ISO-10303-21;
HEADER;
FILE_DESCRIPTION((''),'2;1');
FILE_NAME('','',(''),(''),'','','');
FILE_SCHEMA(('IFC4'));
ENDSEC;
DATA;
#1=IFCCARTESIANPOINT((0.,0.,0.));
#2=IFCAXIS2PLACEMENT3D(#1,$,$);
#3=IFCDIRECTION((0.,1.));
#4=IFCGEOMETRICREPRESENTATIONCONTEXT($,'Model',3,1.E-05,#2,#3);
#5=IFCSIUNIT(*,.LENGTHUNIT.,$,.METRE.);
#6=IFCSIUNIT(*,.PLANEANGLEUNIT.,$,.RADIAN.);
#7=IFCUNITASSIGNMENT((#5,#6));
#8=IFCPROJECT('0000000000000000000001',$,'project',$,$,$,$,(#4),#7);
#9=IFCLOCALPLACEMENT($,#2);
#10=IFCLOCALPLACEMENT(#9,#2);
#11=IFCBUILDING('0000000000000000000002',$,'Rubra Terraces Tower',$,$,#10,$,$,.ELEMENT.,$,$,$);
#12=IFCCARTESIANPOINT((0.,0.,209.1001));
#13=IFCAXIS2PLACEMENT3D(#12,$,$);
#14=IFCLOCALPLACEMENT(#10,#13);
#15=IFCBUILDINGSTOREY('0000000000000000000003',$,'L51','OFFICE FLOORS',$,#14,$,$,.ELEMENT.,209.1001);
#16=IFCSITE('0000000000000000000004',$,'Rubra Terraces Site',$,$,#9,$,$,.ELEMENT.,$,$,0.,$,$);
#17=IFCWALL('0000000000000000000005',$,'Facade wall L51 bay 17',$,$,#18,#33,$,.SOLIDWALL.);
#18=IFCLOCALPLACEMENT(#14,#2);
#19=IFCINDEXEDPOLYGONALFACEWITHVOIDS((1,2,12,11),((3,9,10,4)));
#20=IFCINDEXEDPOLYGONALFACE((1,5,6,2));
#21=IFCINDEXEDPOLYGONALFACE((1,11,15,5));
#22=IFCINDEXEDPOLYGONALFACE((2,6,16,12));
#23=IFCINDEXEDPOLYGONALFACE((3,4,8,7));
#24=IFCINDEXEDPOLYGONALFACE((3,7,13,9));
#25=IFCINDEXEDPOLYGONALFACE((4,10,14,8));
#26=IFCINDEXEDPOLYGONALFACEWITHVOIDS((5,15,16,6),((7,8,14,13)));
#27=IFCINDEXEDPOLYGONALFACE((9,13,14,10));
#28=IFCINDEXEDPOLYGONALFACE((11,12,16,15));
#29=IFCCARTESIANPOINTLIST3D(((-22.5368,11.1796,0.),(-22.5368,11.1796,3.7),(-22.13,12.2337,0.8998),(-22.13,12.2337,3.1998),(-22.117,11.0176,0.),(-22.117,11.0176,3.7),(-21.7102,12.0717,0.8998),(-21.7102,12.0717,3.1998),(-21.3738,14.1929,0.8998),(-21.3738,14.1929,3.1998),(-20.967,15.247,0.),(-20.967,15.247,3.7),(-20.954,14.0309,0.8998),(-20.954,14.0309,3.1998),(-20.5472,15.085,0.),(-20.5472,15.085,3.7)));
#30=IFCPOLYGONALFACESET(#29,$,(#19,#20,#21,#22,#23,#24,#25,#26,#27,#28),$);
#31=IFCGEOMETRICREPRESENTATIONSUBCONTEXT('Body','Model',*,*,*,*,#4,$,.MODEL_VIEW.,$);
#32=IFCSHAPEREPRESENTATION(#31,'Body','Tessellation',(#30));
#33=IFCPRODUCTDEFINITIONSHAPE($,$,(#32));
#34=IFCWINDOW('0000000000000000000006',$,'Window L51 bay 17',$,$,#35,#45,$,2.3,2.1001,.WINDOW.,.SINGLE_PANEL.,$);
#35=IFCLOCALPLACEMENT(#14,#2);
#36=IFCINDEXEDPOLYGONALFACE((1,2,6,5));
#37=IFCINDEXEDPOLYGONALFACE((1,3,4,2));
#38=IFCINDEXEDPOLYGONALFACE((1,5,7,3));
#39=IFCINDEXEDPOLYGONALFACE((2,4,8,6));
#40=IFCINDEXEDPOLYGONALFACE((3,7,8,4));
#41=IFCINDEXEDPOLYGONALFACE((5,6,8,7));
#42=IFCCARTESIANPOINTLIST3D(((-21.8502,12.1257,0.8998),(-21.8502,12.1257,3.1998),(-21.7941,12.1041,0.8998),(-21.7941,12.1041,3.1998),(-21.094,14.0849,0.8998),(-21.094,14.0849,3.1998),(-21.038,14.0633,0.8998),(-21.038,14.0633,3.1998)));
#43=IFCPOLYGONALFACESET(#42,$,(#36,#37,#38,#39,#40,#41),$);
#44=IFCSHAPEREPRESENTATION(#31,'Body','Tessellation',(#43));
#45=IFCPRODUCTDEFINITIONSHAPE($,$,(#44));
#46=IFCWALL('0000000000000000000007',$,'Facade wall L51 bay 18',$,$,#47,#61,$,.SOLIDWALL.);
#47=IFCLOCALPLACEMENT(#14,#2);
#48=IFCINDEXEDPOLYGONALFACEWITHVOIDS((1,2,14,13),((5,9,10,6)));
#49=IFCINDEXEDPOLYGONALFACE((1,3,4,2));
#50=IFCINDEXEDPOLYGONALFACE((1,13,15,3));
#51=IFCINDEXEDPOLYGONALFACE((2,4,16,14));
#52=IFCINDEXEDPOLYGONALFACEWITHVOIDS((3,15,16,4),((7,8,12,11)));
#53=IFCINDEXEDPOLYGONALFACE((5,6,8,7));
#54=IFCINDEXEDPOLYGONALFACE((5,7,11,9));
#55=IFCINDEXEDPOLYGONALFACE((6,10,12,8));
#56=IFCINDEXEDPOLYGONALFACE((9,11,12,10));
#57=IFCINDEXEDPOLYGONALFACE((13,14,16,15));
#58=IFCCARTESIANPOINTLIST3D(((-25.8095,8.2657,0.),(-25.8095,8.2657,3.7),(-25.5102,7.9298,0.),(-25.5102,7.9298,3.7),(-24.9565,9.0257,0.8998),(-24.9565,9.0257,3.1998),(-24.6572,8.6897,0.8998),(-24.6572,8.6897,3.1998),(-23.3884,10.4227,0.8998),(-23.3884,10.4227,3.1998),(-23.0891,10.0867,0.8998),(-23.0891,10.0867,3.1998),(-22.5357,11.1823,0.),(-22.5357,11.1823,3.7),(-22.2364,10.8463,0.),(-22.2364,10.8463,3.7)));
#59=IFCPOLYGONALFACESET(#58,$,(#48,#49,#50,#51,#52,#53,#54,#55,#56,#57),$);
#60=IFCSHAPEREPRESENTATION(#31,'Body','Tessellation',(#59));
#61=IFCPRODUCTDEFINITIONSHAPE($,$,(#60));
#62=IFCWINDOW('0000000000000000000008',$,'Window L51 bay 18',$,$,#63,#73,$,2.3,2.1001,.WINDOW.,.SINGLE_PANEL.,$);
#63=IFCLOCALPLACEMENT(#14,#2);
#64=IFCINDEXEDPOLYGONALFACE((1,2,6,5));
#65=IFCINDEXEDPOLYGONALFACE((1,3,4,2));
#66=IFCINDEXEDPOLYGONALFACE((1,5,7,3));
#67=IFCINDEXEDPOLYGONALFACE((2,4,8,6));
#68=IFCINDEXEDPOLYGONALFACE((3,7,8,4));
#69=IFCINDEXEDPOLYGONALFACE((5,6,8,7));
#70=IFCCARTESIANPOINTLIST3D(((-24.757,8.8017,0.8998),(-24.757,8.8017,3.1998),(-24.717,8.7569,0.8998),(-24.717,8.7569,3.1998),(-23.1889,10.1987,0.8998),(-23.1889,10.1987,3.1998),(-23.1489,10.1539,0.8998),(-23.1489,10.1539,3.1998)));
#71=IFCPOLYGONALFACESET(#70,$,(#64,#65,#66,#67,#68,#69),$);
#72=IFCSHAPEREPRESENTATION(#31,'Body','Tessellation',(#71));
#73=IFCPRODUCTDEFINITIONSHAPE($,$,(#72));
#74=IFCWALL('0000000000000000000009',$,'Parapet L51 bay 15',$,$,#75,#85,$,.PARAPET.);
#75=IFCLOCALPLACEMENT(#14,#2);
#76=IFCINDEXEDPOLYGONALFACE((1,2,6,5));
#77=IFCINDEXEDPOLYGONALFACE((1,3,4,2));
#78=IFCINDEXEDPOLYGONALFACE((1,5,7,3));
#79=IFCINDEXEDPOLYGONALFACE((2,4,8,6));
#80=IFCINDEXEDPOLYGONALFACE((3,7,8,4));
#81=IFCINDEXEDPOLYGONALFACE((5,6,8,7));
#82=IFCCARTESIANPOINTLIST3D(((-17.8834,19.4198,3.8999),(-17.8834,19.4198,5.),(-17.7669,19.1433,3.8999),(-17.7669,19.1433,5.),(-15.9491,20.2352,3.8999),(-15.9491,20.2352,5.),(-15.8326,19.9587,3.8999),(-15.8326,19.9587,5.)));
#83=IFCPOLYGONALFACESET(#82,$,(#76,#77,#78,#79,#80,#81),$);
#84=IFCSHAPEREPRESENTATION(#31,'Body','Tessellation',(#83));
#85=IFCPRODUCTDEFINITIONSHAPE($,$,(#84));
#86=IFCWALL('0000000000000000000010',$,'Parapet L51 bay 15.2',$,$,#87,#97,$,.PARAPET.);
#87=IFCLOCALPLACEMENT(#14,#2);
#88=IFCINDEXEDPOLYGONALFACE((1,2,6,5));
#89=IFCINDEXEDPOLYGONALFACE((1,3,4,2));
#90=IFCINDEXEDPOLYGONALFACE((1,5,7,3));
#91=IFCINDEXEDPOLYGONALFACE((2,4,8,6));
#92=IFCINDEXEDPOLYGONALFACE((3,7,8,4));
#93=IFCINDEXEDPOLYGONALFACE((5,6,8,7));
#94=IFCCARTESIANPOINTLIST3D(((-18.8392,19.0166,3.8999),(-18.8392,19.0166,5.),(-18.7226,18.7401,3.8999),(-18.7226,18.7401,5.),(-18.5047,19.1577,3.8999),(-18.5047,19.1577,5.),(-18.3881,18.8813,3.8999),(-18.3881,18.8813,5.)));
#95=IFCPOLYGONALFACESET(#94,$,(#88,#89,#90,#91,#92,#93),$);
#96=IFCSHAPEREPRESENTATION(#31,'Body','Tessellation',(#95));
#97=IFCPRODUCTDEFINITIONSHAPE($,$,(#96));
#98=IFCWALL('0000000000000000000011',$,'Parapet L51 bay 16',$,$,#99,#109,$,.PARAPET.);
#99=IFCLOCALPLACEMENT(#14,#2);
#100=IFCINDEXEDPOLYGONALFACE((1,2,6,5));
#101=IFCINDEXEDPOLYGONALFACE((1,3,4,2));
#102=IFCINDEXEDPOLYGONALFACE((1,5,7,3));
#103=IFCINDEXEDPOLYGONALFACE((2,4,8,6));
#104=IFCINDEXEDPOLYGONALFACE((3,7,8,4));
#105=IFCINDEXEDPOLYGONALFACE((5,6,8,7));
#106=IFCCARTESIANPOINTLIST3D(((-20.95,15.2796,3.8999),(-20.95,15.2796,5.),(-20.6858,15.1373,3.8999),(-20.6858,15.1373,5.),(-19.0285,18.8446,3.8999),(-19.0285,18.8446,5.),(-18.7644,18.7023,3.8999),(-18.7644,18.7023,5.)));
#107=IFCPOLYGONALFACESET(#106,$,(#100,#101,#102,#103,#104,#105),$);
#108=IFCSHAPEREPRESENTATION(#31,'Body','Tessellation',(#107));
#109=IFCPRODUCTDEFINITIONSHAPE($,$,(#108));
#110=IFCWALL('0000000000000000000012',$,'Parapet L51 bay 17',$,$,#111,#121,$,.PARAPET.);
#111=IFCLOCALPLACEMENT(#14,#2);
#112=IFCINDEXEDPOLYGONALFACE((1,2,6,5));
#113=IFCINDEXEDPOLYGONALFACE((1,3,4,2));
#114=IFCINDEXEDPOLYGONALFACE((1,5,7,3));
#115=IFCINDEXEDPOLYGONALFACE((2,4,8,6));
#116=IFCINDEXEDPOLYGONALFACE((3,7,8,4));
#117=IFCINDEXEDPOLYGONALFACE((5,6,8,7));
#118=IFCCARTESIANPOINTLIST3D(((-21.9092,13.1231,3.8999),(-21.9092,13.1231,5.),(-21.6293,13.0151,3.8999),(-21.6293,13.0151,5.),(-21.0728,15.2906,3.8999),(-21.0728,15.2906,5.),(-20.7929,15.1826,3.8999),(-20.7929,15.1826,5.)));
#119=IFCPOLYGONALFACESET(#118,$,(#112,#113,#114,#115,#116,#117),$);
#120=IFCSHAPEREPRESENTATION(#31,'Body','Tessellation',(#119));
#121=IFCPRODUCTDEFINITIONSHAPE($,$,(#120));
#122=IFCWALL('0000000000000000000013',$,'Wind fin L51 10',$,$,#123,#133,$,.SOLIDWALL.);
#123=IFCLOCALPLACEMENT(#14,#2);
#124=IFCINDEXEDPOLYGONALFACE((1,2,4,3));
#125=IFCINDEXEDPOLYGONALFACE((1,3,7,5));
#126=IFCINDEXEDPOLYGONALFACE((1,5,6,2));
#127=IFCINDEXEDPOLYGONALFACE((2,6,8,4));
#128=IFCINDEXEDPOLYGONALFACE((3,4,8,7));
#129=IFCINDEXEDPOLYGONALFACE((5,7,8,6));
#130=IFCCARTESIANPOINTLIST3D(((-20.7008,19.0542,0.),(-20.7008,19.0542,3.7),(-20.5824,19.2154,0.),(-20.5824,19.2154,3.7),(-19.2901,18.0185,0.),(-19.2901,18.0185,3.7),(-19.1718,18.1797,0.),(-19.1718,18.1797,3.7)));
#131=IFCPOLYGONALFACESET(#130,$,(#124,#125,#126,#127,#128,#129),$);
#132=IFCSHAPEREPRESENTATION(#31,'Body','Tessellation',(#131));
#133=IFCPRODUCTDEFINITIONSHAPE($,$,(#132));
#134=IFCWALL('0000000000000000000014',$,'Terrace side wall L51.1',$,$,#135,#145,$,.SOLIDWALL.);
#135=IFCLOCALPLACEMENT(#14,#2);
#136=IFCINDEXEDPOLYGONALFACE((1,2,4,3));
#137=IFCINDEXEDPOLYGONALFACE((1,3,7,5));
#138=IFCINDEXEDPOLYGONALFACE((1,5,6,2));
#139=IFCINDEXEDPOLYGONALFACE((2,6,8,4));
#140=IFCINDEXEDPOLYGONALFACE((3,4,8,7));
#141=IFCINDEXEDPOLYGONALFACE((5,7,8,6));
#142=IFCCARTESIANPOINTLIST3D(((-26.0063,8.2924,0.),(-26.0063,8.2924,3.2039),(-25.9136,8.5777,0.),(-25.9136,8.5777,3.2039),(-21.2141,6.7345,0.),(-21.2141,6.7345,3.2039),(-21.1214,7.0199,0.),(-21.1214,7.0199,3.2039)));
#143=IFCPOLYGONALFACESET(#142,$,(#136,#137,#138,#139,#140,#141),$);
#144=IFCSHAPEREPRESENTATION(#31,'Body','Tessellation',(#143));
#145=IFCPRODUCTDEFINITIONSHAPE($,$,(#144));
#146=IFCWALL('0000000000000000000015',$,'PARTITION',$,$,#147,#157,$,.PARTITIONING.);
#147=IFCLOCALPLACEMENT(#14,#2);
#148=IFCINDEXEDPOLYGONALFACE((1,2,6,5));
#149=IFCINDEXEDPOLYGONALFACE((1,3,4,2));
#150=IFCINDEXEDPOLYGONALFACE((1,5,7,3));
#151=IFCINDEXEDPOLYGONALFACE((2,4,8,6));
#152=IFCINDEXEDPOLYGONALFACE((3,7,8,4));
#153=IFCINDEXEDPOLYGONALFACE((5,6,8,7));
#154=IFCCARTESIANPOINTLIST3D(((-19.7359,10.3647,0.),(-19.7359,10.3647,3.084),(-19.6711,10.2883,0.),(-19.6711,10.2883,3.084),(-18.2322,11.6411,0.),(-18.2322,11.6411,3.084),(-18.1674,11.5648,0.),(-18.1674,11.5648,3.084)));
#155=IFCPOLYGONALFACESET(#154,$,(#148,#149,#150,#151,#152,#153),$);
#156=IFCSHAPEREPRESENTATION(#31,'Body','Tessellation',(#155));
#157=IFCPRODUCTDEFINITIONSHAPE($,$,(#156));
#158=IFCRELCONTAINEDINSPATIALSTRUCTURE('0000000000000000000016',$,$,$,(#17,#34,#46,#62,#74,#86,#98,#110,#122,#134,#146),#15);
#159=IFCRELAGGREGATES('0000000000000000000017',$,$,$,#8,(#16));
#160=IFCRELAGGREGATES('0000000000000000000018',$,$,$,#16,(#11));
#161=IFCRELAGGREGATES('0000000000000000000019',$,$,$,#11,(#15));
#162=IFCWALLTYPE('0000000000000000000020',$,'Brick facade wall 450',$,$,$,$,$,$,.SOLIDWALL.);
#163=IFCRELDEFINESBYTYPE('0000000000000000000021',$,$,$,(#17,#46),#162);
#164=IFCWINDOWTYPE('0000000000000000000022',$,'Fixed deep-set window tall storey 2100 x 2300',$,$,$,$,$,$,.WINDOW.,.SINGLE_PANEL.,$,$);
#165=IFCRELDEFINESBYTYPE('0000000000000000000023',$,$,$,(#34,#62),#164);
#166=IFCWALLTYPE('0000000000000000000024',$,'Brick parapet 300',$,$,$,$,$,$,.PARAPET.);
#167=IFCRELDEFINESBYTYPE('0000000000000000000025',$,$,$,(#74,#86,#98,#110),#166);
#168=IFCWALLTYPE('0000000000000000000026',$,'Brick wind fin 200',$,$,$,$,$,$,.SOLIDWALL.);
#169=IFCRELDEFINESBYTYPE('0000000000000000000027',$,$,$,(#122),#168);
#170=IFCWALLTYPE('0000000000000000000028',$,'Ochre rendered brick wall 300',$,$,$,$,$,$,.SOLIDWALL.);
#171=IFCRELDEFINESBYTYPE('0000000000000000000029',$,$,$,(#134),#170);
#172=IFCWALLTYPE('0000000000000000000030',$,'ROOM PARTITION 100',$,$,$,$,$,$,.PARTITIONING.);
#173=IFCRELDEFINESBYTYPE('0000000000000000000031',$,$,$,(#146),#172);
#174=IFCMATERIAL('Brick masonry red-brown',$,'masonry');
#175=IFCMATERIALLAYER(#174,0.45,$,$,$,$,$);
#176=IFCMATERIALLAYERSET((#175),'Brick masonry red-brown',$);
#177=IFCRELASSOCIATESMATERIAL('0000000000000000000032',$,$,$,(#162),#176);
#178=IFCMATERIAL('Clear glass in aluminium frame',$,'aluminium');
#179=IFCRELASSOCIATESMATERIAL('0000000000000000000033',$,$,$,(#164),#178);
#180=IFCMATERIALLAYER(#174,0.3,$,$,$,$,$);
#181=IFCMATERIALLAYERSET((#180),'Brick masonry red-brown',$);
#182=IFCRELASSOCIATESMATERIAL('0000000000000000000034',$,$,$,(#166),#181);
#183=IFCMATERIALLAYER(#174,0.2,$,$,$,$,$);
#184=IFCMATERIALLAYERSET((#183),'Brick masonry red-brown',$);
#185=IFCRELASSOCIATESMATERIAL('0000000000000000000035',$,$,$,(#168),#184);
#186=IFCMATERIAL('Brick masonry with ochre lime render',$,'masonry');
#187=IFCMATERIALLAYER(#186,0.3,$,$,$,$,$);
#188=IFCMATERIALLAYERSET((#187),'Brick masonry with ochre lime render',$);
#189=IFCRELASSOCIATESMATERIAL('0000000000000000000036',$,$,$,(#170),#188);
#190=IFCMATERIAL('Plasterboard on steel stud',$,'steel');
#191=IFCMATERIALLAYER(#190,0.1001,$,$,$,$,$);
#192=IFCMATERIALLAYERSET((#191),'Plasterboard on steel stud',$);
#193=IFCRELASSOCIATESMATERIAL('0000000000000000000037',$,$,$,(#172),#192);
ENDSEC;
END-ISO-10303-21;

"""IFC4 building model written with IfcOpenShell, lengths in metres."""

from ifc_helpers import new_model, si_unit, direction, frame, frame_2d, origin, place, context, subcontext, project, spatial, rectangle, extrude, material, layer, layer_set, type_object, element, fill, save


model = new_model("IFC4")

# Units and contexts
model_context = context("Model", 3, precision=1e-05, world=origin(), true_north=direction((0.0, 1.0)))
body_context = subcontext(model_context, "Body", "Model", "MODEL_VIEW")
ifc_project = project(units=[si_unit("LENGTHUNIT", "METRE"), si_unit("PLANEANGLEUNIT", "RADIAN")], contexts=[model_context])

# Site, building, storey
site_placement = place(None, origin())
site = spatial("IfcSite", under=ifc_project, at=site_placement, Name="Rubra Terraces Site", CompositionType="ELEMENT", RefElevation=0.0)
building_placement = place(site_placement, origin())
building = spatial("IfcBuilding", under=site, at=building_placement, Name="Rubra Terraces Tower", CompositionType="ELEMENT")
storey_placement = place(building_placement, frame((0.0, 0.0, 209.1001)))
storey = spatial("IfcBuildingStorey", under=building, at=storey_placement, Name="L51", Description="OFFICE FLOORS", CompositionType="ELEMENT", Elevation=209.1001)

# Walls, openings, windows
ifc_material_1 = material(Name="Brick masonry red-brown", Category="masonry")
ifc_layer_1 = layer(ifc_material_1, 0.45)
ifc_layer_set_1 = layer_set([ifc_layer_1], Name="Brick masonry red-brown")
wall_type_1 = type_object("IfcWallType", Name="Brick facade wall 450", PredefinedType="SOLIDWALL", material=ifc_layer_set_1)
ifc_material_2 = material(Name="Clear glass in aluminium frame", Category="aluminium")
wall_1_placement = place(storey_placement, frame((-20.7571, 15.166, 0.0), z_axis=(0.0, 0.0, 1.0), x_axis=(-0.360067, -0.932926, 0.0)))
wall_1 = element("IfcWall", 1, at=wall_1_placement, inside=storey, type_object=wall_type_1, Name="Facade wall L51 bay 17", PredefinedType="SOLIDWALL", context=body_context, shape_type="SweptSolid", body=[
    extrude(rectangle(XDim=4.3599, YDim=0.45, at=frame_2d((2.1799, 0.0))), origin(), (0.0, 0.0, 1.0), 3.7),
])
opening_1_placement = place(wall_1_placement, frame((1.1299, 0.0, 0.8999)))
opening_1 = element("IfcOpeningElement", 2, at=opening_1_placement, cuts=wall_1, PredefinedType="OPENING", context=body_context, shape_type="SweptSolid", body=[
    extrude(rectangle(XDim=2.1001, YDim=2.3, at=frame_2d((1.05, 1.1499))), frame((0.0, 0.2349, 0.0), z_axis=(0.0, -1.0, 0.0), x_axis=(1.0, 0.0, 0.0)), (0.0, 0.0, 1.0), 0.47),
])
window_type_1 = type_object("IfcWindowType", Name="Fixed deep-set window tall storey 2100 x 2300", PartitioningType="SINGLE_PANEL", PredefinedType="WINDOW", material=ifc_material_2)
window_1_placement = place(opening_1_placement, origin())
window_1 = element("IfcWindow", 3, at=window_1_placement, inside=storey, type_object=window_type_1, Name="Window L51 bay 17", OverallHeight=2.3, OverallWidth=2.1001, PartitioningType="SINGLE_PANEL", PredefinedType="WINDOW", context=body_context, shape_type="SweptSolid", body=[
    extrude(rectangle(XDim=2.1001, YDim=2.3, at=frame_2d((1.05, 1.1499))), frame((0.0, 0.135, 0.0), z_axis=(0.0, -1.0, 0.0), x_axis=(1.0, 0.0, 0.0)), (0.0, 0.0, 1.0), 0.0601),
])
fill(opening_1, window_1)
wall_2_placement = place(storey_placement, frame((-22.386, 11.0144, 0.0), z_axis=(0.0, 0.0, 1.0), x_axis=(-0.746665, -0.6652, 0.0)))
wall_2 = element("IfcWall", 4, at=wall_2_placement, inside=storey, type_object=wall_type_1, Name="Facade wall L51 bay 18", PredefinedType="SOLIDWALL", context=body_context, shape_type="SweptSolid", body=[
    extrude(rectangle(XDim=4.3845, YDim=0.45, at=frame_2d((2.1924, 0.0))), origin(), (0.0, 0.0, 1.0), 3.7),
])
opening_2_placement = place(wall_2_placement, frame((1.1421, 0.0, 0.8999)))
opening_2 = element("IfcOpeningElement", 5, at=opening_2_placement, cuts=wall_2, PredefinedType="OPENING", context=body_context, shape_type="SweptSolid", body=[
    extrude(rectangle(XDim=2.1001, YDim=2.3, at=frame_2d((1.05, 1.1499))), frame((0.0, 0.2349, 0.0), z_axis=(0.0, -1.0, 0.0), x_axis=(1.0, 0.0, 0.0)), (0.0, 0.0, 1.0), 0.47),
])
window_2_placement = place(opening_2_placement, origin())
window_2 = element("IfcWindow", 6, at=window_2_placement, inside=storey, type_object=window_type_1, Name="Window L51 bay 18", OverallHeight=2.3, OverallWidth=2.1001, PartitioningType="SINGLE_PANEL", PredefinedType="WINDOW", context=body_context, shape_type="SweptSolid", body=[
    extrude(rectangle(XDim=2.1001, YDim=2.3, at=frame_2d((1.05, 1.1499))), frame((0.0, 0.135, 0.0), z_axis=(0.0, -1.0, 0.0), x_axis=(1.0, 0.0, 0.0)), (0.0, 0.0, 1.0), 0.0601),
])
fill(opening_2, window_2)

# Walls
ifc_layer_2 = layer(ifc_material_1, 0.3)
ifc_layer_set_2 = layer_set([ifc_layer_2], Name="Brick masonry red-brown")
wall_type_2 = type_object("IfcWallType", Name="Brick parapet 300", PredefinedType="PARAPET", material=ifc_layer_set_2)
wall_3_placement = place(storey_placement, frame((-15.8909, 20.0969, 3.8999), z_axis=(0.0, 0.0, 1.0), x_axis=(-0.921469, -0.388452, 0.0)))
element("IfcWall", 7, at=wall_3_placement, inside=storey, type_object=wall_type_2, Name="Parapet L51 bay 15", PredefinedType="PARAPET", context=body_context, shape_type="SweptSolid", body=[
    extrude(rectangle(XDim=2.0991, YDim=0.3, at=frame_2d((1.0496, 0.0))), origin(), (0.0, 0.0, 1.0), 1.1001),
])
wall_4_placement = place(storey_placement, frame((-18.4463, 19.0195, 3.8999), z_axis=(0.0, 0.0, 1.0), x_axis=(-0.921357, -0.388718, 0.0)))
element("IfcWall", 8, at=wall_4_placement, inside=storey, type_object=wall_type_2, Name="Parapet L51 bay 15.2", PredefinedType="PARAPET", context=body_context, shape_type="SweptSolid", body=[
    extrude(rectangle(XDim=0.363, YDim=0.3, at=frame_2d((0.1816, 0.0))), origin(), (0.0, 0.0, 1.0), 1.1001),
])
wall_5_placement = place(storey_placement, frame((-18.8965, 18.7734, 3.8999), z_axis=(0.0, 0.0, 1.0), x_axis=(-0.474445, -0.880285, 0.0)))
element("IfcWall", 9, at=wall_5_placement, inside=storey, type_object=wall_type_2, Name="Parapet L51 bay 16", PredefinedType="PARAPET", context=body_context, shape_type="SweptSolid", body=[
    extrude(rectangle(XDim=4.0498, YDim=0.3, at=frame_2d((2.0249, 0.0))), origin(), (0.0, 0.0, 1.0), 1.1001),
])
wall_6_placement = place(storey_placement, frame((-20.9329, 15.2366, 3.8999), z_axis=(0.0, 0.0, 1.0), x_axis=(-0.360021, -0.932944, 0.0)))
element("IfcWall", 10, at=wall_6_placement, inside=storey, type_object=wall_type_2, Name="Parapet L51 bay 17", PredefinedType="PARAPET", context=body_context, shape_type="SweptSolid", body=[
    extrude(rectangle(XDim=2.3232, YDim=0.3, at=frame_2d((1.1616, 0.0))), origin(), (0.0, 0.0, 1.0), 1.1001),
])
ifc_layer_3 = layer(ifc_material_1, 0.2)
ifc_layer_set_3 = layer_set([ifc_layer_3], Name="Brick masonry red-brown")
wall_type_3 = type_object("IfcWallType", Name="Brick wind fin 200", PredefinedType="SOLIDWALL", material=ifc_layer_set_3)
wall_7_placement = place(storey_placement, frame((-19.231, 18.0991, 0.0), z_axis=(0.0, 0.0, 1.0), x_axis=(-0.806086, 0.591799, 0.0)))
element("IfcWall", 11, at=wall_7_placement, inside=storey, type_object=wall_type_3, Name="Wind fin L51 10", PredefinedType="SOLIDWALL", context=body_context, shape_type="SweptSolid", body=[
    extrude(rectangle(XDim=1.75, YDim=0.2, at=frame_2d((0.875, 0.0))), origin(), (0.0, 0.0, 1.0), 3.7),
])
ifc_material_3 = material(Name="Brick masonry with ochre lime render", Category="masonry")
ifc_layer_4 = layer(ifc_material_3, 0.3)
ifc_layer_set_4 = layer_set([ifc_layer_4], Name="Brick masonry with ochre lime render")
wall_type_4 = type_object("IfcWallType", Name="Ochre rendered brick wall 300", PredefinedType="SOLIDWALL", material=ifc_layer_set_4)
wall_8_placement = place(storey_placement, frame((-25.96, 8.4351, 0.0), z_axis=(0.0, 0.0, 1.0), x_axis=(0.951012, -0.309155, 0.0)))
element("IfcWall", 12, at=wall_8_placement, inside=storey, type_object=wall_type_4, Name="Terrace side wall L51.1", PredefinedType="SOLIDWALL", context=body_context, shape_type="SweptSolid", body=[
    extrude(rectangle(XDim=5.0391, YDim=0.3, at=frame_2d((2.5195, 0.0))), origin(), (0.0, 0.0, 1.0), 3.2039),
])
ifc_material_4 = material(Name="Plasterboard on steel stud", Category="steel")
ifc_layer_5 = layer(ifc_material_4, 0.1001)
ifc_layer_set_5 = layer_set([ifc_layer_5], Name="Plasterboard on steel stud")
wall_type_5 = type_object("IfcWallType", Name="ROOM PARTITION 100", PredefinedType="PARTITIONING", material=ifc_layer_set_5)
wall_9_placement = place(storey_placement, frame((-19.7036, 10.3264, 0.0), z_axis=(0.0, 0.0, 1.0), x_axis=(0.762376, 0.647134, 0.0)))
element("IfcWall", 13, at=wall_9_placement, inside=storey, type_object=wall_type_5, Name="PARTITION", PredefinedType="PARTITIONING", context=body_context, shape_type="SweptSolid", body=[
    extrude(rectangle(XDim=1.9724, YDim=0.1001, at=frame_2d((0.9863, 0.0))), origin(), (0.0, 0.0, 1.0), 3.084),
])

save(model, "model.ifc")
